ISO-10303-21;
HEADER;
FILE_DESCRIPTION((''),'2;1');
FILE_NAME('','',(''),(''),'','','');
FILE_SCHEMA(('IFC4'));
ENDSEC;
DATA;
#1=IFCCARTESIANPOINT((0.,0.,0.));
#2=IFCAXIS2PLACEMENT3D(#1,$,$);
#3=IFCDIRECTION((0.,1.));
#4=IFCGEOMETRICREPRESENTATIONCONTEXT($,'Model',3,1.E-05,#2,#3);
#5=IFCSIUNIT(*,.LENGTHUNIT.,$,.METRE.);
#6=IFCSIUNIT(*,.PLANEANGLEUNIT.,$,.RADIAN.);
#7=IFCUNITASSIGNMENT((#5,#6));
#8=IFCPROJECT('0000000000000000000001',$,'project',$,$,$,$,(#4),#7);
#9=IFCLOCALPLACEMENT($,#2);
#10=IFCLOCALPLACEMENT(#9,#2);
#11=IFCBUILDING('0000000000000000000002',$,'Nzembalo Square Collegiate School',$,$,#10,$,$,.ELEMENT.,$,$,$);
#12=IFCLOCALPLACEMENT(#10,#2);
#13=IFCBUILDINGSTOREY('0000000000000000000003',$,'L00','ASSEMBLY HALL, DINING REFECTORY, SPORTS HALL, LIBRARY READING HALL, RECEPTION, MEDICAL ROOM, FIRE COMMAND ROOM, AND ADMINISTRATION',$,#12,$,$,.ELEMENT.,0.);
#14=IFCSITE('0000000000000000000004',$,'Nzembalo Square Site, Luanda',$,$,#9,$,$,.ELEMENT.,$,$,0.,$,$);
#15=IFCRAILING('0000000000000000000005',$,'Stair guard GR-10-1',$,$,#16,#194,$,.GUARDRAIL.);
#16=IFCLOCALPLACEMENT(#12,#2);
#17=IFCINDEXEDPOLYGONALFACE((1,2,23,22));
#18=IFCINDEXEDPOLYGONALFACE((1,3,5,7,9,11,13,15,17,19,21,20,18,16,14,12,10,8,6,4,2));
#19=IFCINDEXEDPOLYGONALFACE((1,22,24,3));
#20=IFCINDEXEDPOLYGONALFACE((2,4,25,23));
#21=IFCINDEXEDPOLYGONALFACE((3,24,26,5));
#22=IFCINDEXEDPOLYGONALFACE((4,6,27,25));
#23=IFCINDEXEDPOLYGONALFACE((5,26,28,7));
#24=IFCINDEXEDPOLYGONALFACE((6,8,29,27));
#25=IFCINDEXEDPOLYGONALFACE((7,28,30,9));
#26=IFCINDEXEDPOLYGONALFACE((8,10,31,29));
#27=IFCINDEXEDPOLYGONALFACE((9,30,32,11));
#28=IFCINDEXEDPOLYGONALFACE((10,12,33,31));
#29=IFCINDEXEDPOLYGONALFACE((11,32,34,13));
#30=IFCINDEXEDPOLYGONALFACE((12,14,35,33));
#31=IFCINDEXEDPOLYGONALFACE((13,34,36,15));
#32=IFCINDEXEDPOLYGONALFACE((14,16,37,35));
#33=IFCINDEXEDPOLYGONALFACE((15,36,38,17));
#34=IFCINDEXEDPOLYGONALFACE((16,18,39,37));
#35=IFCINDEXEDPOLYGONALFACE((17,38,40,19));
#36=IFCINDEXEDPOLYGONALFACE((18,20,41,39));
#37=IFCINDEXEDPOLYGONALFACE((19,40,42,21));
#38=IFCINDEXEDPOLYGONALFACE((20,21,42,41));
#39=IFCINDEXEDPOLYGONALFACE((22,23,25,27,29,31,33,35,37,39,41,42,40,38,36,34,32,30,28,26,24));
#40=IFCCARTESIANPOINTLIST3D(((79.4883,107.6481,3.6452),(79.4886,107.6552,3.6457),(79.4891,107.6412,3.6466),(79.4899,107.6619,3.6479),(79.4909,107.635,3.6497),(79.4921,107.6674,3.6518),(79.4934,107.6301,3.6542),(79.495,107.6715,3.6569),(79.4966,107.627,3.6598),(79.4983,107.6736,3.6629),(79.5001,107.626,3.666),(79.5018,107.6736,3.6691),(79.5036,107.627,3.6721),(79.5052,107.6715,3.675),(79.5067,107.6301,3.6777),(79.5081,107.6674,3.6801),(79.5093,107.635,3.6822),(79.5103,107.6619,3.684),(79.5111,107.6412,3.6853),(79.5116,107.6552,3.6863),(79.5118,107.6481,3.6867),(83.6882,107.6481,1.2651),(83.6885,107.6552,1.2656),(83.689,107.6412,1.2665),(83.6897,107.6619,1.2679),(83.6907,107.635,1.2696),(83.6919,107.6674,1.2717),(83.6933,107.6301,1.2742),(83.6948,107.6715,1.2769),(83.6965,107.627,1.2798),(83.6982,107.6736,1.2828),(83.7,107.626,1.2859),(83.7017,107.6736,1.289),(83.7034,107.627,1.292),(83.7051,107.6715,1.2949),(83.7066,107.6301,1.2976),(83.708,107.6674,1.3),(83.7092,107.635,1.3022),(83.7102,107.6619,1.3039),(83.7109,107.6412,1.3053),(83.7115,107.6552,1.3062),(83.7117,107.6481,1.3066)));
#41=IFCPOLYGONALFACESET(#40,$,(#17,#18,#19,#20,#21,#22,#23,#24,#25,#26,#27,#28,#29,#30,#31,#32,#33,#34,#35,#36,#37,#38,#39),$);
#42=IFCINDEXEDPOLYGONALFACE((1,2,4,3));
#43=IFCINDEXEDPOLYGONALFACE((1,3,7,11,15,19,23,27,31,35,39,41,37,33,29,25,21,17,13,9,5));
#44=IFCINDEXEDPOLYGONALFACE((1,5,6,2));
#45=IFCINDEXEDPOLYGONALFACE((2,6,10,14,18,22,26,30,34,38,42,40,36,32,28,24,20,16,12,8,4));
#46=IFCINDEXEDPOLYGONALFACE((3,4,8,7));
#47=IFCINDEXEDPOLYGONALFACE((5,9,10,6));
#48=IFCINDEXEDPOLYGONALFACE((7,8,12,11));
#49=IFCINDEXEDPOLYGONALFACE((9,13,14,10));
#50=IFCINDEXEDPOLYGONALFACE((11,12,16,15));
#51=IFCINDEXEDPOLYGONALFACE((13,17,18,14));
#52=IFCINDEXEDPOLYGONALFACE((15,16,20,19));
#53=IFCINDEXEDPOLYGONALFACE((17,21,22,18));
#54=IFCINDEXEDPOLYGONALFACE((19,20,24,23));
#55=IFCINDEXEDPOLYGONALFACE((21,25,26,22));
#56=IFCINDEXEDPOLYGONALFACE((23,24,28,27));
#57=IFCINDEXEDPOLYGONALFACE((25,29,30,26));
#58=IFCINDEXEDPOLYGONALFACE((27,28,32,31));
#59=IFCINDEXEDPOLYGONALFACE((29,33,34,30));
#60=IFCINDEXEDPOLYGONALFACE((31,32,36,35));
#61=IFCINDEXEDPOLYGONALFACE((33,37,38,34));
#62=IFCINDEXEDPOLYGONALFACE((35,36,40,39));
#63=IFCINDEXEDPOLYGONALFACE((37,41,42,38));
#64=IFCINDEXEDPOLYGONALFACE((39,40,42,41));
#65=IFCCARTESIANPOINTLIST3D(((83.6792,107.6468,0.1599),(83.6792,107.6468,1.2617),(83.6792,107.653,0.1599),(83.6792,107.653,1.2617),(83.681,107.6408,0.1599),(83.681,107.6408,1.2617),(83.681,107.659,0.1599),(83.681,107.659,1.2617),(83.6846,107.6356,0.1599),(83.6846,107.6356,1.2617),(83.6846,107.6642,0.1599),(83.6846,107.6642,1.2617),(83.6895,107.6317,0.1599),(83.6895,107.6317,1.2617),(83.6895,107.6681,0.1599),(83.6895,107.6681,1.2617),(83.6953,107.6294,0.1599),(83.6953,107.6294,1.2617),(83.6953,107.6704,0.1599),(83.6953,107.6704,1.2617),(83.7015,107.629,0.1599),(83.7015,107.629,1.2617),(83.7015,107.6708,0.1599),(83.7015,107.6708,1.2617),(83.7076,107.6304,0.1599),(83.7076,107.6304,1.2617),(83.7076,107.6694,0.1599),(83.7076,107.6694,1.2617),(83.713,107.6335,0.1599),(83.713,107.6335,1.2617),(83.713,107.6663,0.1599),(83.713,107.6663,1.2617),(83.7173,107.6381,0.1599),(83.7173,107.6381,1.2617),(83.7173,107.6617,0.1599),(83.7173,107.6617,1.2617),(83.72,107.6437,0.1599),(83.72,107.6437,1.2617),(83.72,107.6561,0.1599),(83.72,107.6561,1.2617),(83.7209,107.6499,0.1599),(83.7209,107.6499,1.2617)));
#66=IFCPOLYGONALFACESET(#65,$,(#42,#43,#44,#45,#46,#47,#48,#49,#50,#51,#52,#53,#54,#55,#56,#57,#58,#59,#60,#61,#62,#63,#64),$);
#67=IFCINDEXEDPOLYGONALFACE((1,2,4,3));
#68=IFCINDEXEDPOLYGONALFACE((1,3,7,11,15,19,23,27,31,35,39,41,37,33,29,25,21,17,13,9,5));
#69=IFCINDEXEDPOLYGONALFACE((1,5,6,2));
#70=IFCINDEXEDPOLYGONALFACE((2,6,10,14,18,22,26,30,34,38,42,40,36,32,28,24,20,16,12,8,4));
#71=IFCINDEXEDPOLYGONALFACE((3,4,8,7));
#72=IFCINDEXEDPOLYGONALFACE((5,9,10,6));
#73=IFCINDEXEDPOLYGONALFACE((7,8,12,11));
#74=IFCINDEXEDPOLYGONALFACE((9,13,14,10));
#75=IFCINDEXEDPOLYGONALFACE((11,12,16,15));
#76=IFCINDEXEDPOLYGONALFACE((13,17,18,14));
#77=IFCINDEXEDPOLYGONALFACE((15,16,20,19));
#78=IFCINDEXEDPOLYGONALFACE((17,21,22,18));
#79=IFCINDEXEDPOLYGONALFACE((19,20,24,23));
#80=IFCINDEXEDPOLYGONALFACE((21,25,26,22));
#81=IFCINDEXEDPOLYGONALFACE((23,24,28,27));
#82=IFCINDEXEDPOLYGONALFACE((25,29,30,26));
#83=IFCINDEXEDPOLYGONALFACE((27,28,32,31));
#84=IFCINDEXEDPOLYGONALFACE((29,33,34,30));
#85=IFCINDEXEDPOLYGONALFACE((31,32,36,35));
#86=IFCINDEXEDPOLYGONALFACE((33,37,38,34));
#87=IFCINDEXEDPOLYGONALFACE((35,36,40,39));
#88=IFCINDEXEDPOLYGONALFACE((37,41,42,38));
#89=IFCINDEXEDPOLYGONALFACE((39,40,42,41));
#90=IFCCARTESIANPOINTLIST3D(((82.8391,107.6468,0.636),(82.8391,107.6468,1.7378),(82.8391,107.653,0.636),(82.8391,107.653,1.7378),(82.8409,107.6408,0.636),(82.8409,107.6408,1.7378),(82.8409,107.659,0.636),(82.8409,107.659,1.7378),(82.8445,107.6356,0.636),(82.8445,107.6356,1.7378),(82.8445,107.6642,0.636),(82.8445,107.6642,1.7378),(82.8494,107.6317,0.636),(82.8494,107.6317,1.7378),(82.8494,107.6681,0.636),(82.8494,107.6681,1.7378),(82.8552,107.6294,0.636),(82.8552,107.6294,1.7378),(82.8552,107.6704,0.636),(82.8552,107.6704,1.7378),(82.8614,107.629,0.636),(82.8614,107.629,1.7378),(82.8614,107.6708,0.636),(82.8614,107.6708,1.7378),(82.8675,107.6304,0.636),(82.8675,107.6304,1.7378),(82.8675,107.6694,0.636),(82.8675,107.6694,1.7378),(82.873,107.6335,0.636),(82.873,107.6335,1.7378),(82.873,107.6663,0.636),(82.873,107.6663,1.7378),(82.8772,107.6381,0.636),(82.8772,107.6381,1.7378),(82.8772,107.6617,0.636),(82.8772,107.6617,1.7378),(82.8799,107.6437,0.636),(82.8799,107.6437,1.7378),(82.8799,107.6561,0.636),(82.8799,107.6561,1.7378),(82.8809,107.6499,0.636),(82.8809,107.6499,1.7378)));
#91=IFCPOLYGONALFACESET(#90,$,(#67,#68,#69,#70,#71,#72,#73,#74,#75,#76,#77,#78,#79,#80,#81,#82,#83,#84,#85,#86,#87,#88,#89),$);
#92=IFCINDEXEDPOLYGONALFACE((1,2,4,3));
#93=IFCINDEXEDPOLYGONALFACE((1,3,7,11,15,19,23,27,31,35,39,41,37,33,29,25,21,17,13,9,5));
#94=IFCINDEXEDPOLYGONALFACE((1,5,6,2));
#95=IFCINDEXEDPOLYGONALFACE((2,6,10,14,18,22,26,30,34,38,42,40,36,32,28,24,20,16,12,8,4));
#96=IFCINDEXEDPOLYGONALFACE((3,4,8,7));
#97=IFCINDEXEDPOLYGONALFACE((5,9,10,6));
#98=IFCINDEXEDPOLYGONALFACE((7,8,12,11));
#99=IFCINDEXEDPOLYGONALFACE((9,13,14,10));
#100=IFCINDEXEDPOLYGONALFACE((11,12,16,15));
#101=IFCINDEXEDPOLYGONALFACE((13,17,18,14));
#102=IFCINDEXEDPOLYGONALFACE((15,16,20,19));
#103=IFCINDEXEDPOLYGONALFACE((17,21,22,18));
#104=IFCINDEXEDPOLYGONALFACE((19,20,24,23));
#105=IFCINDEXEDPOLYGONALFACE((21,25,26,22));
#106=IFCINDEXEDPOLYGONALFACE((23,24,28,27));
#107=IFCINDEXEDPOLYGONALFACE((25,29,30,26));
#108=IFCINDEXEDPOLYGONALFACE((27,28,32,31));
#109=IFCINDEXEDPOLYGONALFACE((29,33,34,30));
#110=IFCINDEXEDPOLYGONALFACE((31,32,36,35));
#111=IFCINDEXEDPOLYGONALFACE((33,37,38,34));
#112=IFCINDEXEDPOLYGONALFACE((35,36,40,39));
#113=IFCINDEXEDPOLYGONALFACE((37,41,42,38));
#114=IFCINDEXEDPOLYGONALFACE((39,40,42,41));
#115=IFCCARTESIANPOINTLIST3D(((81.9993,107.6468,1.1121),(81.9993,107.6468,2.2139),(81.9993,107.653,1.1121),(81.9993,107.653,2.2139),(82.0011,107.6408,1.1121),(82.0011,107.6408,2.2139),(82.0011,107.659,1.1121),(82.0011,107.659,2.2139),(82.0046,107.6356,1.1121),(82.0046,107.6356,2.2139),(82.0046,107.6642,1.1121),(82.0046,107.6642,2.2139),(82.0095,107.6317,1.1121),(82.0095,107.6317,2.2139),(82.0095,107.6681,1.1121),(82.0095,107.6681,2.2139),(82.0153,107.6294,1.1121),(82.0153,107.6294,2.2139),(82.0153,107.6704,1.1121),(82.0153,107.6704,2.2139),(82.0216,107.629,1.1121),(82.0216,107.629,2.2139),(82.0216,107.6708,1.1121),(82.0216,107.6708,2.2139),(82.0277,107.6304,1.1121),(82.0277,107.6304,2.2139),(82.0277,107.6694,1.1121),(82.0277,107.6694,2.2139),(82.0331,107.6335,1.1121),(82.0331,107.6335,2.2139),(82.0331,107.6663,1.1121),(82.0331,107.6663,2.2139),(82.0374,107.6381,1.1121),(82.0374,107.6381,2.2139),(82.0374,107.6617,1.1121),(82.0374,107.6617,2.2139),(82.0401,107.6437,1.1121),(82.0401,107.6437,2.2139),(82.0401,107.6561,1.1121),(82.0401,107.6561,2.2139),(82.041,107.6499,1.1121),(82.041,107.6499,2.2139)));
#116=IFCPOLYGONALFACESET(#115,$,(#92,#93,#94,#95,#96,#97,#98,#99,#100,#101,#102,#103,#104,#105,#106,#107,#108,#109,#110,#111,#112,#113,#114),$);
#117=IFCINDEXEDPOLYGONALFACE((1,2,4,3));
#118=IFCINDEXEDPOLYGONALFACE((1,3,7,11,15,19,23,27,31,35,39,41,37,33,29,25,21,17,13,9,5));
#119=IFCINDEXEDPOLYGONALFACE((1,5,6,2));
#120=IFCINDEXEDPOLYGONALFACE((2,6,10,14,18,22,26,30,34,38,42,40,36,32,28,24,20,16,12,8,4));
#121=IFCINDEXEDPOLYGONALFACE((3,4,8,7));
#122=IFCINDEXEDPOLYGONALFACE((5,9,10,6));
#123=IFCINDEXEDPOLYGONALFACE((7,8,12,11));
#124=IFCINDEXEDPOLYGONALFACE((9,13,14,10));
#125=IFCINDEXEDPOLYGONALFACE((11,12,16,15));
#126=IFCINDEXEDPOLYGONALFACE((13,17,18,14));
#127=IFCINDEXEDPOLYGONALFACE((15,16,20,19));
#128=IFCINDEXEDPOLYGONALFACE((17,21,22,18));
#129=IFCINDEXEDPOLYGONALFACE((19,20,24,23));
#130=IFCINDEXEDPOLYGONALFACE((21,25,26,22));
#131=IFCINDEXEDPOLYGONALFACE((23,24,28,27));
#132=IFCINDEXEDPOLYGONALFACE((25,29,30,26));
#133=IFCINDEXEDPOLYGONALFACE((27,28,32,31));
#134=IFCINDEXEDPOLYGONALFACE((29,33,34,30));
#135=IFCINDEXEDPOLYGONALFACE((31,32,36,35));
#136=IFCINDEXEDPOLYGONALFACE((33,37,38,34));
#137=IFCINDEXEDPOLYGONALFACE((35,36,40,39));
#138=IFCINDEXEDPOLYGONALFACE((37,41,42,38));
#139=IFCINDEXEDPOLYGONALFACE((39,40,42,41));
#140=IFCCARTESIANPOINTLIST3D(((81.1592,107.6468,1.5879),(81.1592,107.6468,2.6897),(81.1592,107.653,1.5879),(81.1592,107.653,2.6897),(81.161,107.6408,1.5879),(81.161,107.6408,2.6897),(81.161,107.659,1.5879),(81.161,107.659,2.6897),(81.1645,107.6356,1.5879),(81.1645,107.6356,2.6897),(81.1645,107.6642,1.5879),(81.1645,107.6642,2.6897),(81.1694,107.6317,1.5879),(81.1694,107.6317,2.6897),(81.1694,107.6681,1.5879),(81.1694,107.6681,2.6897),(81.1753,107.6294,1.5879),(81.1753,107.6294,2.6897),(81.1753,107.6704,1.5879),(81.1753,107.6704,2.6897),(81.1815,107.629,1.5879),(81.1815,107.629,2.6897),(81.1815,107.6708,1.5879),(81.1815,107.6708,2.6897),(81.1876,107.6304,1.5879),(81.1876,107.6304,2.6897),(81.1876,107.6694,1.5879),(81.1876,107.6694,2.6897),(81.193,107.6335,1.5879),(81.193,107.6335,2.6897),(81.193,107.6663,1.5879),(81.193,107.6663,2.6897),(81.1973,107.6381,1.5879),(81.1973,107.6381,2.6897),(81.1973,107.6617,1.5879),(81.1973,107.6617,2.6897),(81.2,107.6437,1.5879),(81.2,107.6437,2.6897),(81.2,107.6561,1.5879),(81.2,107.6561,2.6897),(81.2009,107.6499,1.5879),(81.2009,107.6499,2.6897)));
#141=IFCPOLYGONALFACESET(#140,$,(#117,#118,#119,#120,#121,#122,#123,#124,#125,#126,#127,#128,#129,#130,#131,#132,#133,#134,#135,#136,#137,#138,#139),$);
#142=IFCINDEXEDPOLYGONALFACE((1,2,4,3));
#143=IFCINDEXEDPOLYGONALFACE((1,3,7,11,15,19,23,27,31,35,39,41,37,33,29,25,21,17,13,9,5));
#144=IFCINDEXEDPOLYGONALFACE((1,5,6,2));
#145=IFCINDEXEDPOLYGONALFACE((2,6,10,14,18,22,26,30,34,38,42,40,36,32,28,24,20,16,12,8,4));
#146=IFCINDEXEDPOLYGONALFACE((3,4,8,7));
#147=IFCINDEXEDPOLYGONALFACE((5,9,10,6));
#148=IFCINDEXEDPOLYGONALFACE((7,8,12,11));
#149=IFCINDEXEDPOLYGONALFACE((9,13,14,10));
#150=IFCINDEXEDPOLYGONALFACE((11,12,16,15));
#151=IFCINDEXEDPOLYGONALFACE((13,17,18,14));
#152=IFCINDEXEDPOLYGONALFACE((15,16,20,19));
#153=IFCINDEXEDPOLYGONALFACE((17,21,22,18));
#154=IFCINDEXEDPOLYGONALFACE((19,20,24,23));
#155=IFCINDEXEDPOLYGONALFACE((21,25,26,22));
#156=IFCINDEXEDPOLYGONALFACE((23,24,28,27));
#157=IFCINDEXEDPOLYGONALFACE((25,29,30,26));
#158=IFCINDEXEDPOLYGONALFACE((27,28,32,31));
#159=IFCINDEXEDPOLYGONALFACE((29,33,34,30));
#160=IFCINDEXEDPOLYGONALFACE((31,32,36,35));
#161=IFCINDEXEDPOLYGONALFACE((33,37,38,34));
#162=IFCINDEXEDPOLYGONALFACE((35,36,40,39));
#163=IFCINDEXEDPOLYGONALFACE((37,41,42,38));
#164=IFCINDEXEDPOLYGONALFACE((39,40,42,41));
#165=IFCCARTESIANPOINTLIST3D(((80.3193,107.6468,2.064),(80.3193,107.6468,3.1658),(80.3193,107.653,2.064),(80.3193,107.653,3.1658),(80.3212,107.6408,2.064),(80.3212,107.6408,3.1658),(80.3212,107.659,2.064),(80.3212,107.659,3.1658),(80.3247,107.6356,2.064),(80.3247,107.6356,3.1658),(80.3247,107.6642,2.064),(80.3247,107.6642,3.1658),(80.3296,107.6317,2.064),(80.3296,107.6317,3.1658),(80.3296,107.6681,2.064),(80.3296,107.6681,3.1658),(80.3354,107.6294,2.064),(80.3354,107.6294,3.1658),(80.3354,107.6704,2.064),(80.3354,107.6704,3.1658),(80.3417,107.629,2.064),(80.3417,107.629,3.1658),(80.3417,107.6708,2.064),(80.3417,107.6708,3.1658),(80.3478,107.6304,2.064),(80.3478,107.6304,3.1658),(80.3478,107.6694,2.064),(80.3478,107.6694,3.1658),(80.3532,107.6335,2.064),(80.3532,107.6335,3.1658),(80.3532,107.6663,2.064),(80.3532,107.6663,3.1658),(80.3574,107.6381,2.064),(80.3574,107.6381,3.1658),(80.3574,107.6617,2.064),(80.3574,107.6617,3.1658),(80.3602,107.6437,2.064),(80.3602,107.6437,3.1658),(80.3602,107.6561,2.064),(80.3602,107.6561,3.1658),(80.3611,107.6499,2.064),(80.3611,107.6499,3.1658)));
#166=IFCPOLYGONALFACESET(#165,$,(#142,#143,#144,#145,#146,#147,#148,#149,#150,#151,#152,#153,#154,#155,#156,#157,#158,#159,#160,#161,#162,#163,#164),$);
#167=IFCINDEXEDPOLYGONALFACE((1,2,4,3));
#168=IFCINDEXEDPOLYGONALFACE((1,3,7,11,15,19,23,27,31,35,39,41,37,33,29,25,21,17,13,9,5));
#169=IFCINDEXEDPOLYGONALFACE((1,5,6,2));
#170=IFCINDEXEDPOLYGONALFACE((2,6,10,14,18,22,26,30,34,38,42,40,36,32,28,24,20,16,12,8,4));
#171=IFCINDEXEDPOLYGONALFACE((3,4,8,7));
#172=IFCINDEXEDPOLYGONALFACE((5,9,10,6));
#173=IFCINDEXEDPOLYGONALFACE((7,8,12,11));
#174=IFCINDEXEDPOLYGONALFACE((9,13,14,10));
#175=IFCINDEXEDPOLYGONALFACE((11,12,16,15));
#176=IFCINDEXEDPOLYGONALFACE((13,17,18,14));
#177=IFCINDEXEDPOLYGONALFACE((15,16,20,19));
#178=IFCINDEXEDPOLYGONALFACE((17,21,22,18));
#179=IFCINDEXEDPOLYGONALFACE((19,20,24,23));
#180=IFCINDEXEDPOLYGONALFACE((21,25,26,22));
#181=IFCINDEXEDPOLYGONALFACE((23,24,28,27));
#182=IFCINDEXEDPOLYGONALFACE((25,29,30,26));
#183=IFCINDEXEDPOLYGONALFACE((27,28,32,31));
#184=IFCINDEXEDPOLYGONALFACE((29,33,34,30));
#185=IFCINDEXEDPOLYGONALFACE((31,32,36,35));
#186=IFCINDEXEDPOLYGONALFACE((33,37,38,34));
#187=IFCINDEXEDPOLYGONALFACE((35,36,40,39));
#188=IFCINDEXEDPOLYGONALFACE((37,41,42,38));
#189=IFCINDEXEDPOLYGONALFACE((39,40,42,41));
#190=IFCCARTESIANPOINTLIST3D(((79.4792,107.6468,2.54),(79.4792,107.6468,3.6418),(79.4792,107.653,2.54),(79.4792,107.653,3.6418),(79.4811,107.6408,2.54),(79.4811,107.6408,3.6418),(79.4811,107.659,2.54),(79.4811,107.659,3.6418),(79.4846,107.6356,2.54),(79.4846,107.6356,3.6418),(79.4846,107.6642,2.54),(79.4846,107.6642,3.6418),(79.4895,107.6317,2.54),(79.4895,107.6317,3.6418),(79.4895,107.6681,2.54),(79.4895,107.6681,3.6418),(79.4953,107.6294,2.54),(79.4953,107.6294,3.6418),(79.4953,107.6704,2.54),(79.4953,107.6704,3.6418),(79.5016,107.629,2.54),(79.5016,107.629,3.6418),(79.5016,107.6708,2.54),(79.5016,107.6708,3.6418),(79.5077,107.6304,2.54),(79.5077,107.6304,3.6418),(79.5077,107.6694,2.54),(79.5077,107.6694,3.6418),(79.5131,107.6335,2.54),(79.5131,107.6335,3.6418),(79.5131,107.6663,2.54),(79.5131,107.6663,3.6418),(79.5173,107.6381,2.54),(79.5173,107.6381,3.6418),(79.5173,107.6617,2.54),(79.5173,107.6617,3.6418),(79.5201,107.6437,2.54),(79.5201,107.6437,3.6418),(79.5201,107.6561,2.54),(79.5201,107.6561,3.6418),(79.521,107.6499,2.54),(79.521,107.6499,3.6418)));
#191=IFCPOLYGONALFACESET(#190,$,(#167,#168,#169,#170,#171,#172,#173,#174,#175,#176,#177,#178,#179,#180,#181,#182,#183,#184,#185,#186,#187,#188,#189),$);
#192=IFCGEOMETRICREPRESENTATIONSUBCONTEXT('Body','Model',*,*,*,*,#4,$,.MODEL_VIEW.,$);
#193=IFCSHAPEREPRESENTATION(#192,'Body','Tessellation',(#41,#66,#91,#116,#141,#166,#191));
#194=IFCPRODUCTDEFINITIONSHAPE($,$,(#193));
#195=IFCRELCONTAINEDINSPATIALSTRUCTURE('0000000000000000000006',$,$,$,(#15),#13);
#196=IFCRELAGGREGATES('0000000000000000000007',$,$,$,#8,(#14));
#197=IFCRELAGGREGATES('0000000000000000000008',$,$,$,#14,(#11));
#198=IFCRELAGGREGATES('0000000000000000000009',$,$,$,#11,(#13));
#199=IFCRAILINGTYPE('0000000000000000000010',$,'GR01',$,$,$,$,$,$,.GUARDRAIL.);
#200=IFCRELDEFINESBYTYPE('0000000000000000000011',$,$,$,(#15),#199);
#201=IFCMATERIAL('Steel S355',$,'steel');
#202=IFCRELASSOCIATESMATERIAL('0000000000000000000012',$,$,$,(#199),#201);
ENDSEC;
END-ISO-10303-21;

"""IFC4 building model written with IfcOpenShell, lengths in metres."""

from ifc_helpers import new_model, si_unit, direction, frame, origin, origin_2d, place, context, subcontext, project, spatial, circle, extrude, material, type_object, element, save


model = new_model("IFC4")

# Units and contexts
model_context = context("Model", 3, precision=1e-05, world=origin(), true_north=direction((0.0, 1.0)))
body_context = subcontext(model_context, "Body", "Model", "MODEL_VIEW")
ifc_project = project(units=[si_unit("LENGTHUNIT", "METRE"), si_unit("PLANEANGLEUNIT", "RADIAN")], contexts=[model_context])

# Site, building, storey
site_placement = place(None, origin())
site = spatial("IfcSite", under=ifc_project, at=site_placement, Name="Nzembalo Square Site, Luanda", CompositionType="ELEMENT", RefElevation=0.0)
building_placement = place(site_placement, origin())
building = spatial("IfcBuilding", under=site, at=building_placement, Name="Nzembalo Square Collegiate School", CompositionType="ELEMENT")
storey_placement = place(building_placement, origin())
storey = spatial("IfcBuildingStorey", under=building, at=storey_placement, Name="L00", Description="ASSEMBLY HALL, DINING REFECTORY, SPORTS HALL, LIBRARY READING HALL, RECEPTION, MEDICAL ROOM, FIRE COMMAND ROOM, AND ADMINISTRATION", CompositionType="ELEMENT", Elevation=0.0)

# Railing
ifc_material_1 = material(Name="Steel S355", Category="steel")
railing_type_1 = type_object("IfcRailingType", Name="GR01", PredefinedType="GUARDRAIL", material=ifc_material_1)
railing_1_placement = place(storey_placement, frame((83.7, 107.6499, 0.1599)))
element("IfcRailing", 1, at=railing_1_placement, inside=storey, type_object=railing_type_1, Name="Stair guard GR-10-1", PredefinedType="GUARDRAIL", context=body_context, shape_type="SweptSolid", body=[
    extrude(circle(Radius=0.0239, at=origin_2d()), frame((0.0, 0.0, 1.126), z_axis=(-0.870008, 0.0, 0.493037), x_axis=(0.0, -1.0, 0.0)), (0.0, 0.0, 1.0), 4.8274),
    extrude(circle(Radius=0.021, at=origin_2d()), origin(), (0.0, 0.0, 1.0), 1.1018),
    extrude(circle(Radius=0.021, at=origin_2d()), frame((-0.8401, 0.0, 0.4761)), (0.0, 0.0, 1.0), 1.1018),
    extrude(circle(Radius=0.021, at=origin_2d()), frame((-1.6799, 0.0, 0.9521)), (0.0, 0.0, 1.0), 1.1018),
    extrude(circle(Radius=0.021, at=origin_2d()), frame((-2.52, 0.0, 1.428)), (0.0, 0.0, 1.0), 1.1018),
    extrude(circle(Radius=0.021, at=origin_2d()), frame((-3.3599, 0.0, 1.9041)), (0.0, 0.0, 1.0), 1.1018),
    extrude(circle(Radius=0.021, at=origin_2d()), frame((-4.2, 0.0, 2.3801)), (0.0, 0.0, 1.0), 1.1018),
])

save(model, "model.ifc")
